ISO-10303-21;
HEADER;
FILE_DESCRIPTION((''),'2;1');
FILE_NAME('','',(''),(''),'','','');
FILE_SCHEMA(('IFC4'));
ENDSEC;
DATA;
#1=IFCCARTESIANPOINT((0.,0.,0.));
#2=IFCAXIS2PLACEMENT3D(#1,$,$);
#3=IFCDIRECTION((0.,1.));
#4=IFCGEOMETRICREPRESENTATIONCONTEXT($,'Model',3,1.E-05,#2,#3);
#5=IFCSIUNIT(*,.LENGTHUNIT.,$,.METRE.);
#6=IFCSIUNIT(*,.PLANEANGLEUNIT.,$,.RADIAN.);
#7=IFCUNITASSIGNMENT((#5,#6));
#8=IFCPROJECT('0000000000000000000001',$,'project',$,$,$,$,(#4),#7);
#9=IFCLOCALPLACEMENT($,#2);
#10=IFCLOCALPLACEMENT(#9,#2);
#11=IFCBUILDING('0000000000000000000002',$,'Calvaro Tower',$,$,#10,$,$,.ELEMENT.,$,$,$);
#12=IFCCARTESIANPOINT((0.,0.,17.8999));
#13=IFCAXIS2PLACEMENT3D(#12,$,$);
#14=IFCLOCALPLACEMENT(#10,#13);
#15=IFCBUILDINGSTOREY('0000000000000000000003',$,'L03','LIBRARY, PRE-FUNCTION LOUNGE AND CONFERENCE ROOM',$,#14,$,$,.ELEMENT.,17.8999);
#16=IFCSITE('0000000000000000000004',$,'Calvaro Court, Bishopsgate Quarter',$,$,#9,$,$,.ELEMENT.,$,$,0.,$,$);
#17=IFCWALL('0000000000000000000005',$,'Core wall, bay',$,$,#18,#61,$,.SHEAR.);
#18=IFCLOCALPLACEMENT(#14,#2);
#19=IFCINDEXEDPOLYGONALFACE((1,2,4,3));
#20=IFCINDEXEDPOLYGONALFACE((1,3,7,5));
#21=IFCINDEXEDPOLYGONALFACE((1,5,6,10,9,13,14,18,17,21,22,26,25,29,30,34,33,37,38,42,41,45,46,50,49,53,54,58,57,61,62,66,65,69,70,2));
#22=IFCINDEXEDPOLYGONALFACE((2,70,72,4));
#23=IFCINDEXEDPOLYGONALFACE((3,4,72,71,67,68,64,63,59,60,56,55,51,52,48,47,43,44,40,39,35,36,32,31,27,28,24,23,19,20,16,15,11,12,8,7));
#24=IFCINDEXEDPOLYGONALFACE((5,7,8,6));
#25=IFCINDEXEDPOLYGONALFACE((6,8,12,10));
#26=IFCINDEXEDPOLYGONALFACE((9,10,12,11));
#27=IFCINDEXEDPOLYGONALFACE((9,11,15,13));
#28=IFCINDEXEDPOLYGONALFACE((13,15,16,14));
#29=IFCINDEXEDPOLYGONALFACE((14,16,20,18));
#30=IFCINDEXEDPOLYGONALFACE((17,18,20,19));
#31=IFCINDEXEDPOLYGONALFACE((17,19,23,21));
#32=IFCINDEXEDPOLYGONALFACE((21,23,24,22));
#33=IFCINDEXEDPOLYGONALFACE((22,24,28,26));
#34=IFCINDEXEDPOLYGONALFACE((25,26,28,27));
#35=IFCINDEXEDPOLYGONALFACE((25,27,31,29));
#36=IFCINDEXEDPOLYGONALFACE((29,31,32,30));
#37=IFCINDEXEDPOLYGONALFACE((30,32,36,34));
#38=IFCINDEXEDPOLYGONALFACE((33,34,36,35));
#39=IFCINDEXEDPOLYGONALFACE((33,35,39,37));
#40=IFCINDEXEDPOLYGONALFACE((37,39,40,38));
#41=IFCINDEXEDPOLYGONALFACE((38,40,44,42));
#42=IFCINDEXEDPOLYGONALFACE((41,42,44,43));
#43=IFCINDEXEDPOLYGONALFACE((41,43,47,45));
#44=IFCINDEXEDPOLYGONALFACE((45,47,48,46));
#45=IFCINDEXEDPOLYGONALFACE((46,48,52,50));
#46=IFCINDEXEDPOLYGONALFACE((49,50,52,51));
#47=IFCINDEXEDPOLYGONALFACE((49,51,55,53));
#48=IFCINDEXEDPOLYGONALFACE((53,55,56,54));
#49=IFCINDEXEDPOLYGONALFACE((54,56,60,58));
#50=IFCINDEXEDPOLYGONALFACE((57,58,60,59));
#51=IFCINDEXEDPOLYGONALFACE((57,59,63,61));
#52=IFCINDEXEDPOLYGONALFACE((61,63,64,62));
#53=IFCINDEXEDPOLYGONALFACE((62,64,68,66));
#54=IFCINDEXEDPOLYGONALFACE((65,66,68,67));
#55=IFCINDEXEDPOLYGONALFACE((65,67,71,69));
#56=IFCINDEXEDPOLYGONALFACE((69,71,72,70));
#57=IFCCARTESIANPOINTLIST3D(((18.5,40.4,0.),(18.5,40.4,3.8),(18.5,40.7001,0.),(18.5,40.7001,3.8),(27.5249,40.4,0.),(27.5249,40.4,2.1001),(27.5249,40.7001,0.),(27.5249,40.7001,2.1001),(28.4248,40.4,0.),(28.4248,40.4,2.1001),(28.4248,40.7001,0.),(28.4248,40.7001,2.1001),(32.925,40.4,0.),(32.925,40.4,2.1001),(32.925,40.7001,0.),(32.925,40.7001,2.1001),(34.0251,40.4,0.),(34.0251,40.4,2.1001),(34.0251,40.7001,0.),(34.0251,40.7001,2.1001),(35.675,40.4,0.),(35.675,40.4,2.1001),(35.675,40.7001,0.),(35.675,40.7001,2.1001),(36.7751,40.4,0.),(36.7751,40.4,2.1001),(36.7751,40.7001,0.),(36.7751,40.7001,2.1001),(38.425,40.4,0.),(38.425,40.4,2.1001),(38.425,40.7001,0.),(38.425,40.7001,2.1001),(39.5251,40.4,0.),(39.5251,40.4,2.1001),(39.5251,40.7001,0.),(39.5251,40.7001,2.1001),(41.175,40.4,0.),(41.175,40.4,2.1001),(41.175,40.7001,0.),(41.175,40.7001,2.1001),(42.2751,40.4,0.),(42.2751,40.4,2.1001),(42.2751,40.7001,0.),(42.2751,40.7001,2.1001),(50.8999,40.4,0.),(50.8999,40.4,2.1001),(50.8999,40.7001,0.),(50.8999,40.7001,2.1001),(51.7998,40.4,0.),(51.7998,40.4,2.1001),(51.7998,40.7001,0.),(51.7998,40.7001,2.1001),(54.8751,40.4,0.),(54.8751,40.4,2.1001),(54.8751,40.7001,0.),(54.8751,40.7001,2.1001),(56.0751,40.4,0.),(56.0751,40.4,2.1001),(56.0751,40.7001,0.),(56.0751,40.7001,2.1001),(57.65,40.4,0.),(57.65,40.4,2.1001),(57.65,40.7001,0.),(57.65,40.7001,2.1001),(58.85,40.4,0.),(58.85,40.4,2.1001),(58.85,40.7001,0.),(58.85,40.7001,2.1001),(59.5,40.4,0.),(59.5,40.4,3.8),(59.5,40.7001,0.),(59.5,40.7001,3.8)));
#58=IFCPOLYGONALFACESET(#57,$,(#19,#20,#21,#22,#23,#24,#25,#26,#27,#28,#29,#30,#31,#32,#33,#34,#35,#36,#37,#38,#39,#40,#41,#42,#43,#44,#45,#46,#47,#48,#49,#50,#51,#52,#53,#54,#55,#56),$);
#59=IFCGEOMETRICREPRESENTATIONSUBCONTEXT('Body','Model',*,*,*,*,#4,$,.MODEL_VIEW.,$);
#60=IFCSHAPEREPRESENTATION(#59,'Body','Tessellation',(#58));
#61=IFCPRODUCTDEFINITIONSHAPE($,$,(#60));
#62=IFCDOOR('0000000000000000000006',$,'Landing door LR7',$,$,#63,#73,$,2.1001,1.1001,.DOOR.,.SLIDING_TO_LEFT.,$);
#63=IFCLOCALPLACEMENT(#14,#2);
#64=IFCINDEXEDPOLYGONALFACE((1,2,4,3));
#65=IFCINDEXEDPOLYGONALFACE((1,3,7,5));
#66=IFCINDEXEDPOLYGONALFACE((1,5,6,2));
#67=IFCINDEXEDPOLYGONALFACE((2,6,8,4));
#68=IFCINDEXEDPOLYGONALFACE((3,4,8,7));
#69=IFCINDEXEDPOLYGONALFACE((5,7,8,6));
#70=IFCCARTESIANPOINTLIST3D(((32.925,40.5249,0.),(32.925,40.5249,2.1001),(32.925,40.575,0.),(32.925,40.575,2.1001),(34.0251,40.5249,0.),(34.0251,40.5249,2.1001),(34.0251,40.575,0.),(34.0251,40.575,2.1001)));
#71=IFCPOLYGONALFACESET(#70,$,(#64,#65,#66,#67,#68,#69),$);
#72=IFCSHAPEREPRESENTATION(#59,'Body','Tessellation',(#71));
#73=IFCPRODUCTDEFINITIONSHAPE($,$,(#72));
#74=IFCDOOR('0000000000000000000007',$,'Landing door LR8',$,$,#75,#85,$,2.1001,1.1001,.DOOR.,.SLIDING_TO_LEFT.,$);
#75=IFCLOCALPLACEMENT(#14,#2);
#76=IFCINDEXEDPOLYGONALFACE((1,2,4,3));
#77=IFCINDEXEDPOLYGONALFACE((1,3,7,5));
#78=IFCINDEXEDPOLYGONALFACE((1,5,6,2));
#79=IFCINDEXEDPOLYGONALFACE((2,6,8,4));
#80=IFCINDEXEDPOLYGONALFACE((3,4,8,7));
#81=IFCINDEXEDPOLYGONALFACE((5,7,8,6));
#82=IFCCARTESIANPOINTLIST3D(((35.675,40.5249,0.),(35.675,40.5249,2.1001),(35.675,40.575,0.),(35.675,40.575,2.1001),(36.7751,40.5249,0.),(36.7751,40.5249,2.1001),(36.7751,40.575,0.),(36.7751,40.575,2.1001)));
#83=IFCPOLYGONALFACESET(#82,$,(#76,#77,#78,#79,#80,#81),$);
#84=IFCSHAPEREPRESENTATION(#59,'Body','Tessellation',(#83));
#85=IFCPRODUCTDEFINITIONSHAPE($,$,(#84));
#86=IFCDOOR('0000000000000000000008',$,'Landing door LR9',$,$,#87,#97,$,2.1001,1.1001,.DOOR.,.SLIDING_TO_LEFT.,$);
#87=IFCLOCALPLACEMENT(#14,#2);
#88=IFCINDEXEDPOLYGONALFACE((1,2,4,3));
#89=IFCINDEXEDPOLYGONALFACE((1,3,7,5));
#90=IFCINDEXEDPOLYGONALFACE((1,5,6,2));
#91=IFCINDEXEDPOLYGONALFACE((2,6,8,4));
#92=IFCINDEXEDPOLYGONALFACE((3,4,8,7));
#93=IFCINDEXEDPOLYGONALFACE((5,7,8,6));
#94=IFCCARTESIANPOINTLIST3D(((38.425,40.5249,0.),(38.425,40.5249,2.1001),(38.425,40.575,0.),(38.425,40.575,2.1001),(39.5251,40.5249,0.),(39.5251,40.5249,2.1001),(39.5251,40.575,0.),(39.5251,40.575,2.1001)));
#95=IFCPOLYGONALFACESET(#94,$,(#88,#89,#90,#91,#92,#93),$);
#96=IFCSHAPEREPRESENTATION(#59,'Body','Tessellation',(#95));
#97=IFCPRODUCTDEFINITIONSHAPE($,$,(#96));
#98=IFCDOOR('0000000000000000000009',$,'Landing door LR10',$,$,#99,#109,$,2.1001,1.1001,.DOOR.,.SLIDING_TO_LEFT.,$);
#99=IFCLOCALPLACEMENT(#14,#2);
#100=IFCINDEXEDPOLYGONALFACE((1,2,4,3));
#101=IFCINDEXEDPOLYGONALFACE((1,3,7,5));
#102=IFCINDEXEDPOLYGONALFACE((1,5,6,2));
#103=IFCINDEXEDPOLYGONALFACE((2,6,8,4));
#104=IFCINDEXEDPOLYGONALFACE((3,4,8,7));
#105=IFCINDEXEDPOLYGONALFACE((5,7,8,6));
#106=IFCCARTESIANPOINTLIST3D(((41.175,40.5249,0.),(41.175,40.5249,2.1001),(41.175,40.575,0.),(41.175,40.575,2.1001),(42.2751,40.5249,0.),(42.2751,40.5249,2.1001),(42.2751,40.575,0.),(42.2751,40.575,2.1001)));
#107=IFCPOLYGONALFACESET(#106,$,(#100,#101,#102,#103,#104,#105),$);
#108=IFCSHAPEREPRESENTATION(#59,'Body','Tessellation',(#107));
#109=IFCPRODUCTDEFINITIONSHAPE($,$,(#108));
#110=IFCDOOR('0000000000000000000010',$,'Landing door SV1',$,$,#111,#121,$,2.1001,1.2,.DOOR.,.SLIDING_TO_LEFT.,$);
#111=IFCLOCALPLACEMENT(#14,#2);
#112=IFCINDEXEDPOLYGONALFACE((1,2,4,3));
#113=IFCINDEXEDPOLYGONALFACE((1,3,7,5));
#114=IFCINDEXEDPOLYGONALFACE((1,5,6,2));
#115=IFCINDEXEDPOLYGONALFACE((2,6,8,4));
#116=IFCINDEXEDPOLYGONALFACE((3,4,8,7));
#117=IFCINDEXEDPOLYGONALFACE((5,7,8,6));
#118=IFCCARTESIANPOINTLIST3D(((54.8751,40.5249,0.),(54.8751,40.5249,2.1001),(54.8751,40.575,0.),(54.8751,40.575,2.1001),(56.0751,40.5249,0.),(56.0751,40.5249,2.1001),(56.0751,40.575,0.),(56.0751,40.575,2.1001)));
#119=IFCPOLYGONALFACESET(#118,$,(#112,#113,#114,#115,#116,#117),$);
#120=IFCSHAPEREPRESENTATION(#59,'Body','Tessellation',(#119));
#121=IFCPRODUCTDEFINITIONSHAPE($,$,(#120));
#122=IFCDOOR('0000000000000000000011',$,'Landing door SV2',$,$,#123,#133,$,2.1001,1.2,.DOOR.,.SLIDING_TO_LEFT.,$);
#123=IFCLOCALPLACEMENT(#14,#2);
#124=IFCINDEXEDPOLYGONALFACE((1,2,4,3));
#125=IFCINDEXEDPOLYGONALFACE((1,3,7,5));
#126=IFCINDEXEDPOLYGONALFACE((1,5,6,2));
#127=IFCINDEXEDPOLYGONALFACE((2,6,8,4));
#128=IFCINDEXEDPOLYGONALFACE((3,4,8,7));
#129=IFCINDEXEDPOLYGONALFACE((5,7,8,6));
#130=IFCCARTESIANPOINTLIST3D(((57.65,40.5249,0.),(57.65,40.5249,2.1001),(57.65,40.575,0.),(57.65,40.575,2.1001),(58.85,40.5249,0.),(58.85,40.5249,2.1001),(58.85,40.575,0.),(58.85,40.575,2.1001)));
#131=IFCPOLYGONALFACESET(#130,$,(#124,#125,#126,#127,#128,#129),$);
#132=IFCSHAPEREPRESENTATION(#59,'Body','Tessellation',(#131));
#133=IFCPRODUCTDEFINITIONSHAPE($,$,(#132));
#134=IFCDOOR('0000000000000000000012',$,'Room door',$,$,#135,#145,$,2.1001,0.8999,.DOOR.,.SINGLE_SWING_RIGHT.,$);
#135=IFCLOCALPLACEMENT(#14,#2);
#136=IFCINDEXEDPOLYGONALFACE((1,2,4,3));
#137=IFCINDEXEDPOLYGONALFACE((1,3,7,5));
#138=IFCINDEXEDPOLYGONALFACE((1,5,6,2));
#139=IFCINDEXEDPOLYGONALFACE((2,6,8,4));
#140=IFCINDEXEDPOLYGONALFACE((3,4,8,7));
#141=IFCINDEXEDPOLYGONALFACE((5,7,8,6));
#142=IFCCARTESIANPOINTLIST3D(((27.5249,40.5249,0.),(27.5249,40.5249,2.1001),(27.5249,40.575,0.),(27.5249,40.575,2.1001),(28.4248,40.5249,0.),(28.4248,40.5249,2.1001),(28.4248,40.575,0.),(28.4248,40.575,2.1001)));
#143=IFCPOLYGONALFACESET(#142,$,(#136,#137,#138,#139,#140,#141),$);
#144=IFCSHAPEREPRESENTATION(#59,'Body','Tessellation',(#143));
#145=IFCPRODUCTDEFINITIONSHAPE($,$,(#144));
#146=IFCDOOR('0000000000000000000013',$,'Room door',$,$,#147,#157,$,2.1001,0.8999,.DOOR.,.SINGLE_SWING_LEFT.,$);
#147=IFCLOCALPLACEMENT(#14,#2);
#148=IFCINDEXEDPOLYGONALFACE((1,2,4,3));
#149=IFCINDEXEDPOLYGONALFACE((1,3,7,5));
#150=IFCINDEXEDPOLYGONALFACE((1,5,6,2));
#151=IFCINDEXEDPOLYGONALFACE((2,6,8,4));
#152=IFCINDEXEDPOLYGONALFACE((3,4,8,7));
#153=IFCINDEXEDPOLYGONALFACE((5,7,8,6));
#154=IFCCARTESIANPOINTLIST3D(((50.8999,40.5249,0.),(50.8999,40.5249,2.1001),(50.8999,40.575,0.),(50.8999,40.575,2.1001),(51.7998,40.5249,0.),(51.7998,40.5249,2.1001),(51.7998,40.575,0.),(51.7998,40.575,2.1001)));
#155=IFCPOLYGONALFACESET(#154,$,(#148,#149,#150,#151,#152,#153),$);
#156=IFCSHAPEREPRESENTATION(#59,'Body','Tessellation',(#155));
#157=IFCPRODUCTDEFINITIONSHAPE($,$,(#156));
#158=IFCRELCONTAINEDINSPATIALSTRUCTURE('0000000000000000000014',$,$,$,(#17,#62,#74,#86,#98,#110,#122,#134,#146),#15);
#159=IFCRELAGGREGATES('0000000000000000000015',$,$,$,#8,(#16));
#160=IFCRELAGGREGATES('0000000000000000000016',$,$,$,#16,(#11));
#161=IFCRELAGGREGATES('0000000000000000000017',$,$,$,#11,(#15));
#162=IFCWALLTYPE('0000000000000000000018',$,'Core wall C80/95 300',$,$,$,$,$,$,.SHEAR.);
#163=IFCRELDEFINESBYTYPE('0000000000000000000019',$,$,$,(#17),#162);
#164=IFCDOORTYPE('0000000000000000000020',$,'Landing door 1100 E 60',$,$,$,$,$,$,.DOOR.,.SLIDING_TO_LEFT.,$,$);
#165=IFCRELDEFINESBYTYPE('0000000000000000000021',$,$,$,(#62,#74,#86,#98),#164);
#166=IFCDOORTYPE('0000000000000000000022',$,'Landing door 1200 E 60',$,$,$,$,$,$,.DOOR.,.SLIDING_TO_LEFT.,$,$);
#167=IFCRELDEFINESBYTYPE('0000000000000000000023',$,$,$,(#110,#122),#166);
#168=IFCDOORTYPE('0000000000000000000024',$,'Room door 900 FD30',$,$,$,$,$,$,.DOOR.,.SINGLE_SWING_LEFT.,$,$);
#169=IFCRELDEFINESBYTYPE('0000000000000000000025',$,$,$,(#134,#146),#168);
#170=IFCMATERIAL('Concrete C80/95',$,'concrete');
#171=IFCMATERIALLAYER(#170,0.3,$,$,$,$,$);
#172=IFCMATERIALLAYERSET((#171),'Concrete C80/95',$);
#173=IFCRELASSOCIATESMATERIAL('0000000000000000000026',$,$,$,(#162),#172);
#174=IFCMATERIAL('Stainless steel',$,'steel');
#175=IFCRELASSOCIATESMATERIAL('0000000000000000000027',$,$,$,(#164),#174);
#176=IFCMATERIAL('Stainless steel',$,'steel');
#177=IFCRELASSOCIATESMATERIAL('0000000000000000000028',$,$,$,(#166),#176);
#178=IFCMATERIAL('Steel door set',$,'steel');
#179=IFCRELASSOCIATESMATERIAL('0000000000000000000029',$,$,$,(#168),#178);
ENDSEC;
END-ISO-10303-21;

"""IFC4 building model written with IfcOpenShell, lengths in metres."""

from ifc_helpers import new_model, si_unit, direction, frame, frame_2d, origin, place, context, subcontext, project, spatial, rectangle, extrude, material, layer, layer_set, type_object, element, fill, save


model = new_model("IFC4")

# Units and contexts
model_context = context("Model", 3, precision=1e-05, world=origin(), true_north=direction((0.0, 1.0)))
body_context = subcontext(model_context, "Body", "Model", "MODEL_VIEW")
ifc_project = project(units=[si_unit("LENGTHUNIT", "METRE"), si_unit("PLANEANGLEUNIT", "RADIAN")], contexts=[model_context])

# Site, building, storey
site_placement = place(None, origin())
site = spatial("IfcSite", under=ifc_project, at=site_placement, Name="Calvaro Court, Bishopsgate Quarter", CompositionType="ELEMENT", RefElevation=0.0)
building_placement = place(site_placement, origin())
building = spatial("IfcBuilding", under=site, at=building_placement, Name="Calvaro Tower", CompositionType="ELEMENT")
storey_placement = place(building_placement, frame((0.0, 0.0, 17.8999)))
storey = spatial("IfcBuildingStorey", under=building, at=storey_placement, Name="L03", Description="LIBRARY, PRE-FUNCTION LOUNGE AND CONFERENCE ROOM", CompositionType="ELEMENT", Elevation=17.8999)

# Shared definitions
ifc_material_1 = material(Name="Concrete C80/95", Category="concrete")
ifc_layer_1 = layer(ifc_material_1, 0.3)
ifc_layer_set_1 = layer_set([ifc_layer_1], Name="Concrete C80/95")
wall_type_1 = type_object("IfcWallType", Name="Core wall C80/95 300", PredefinedType="SHEAR", material=ifc_layer_set_1)
ifc_material_2 = material(Name="Stainless steel", Category="steel")
door_type_1 = type_object("IfcDoorType", Name="Landing door 1100 E 60", OperationType="SLIDING_TO_LEFT", PredefinedType="DOOR", material=ifc_material_2)

# Wall, openings, doors
wall_1_placement = place(storey_placement, frame((18.5, 40.55, 0.0), z_axis=(0.0, 0.0, 1.0), x_axis=(1.0, 0.0, 0.0)))
wall_1 = element("IfcWall", 1, at=wall_1_placement, inside=storey, type_object=wall_type_1, Name="Core wall, bay", PredefinedType="SHEAR", context=body_context, shape_type="SweptSolid", body=[
    extrude(rectangle(XDim=41.0, YDim=0.3, at=frame_2d((20.5, 0.0))), origin(), (0.0, 0.0, 1.0), 3.8),
])
opening_1_placement = place(wall_1_placement, frame((9.0249, 0.0, 0.0)))
opening_1 = element("IfcOpeningElement", 2, at=opening_1_placement, cuts=wall_1, PredefinedType="OPENING", context=body_context, shape_type="SweptSolid", body=[
    extrude(rectangle(XDim=0.8999, YDim=2.1001, at=frame_2d((0.45, 1.05))), frame((0.0, 0.1599, 0.0), z_axis=(0.0, -1.0, 0.0), x_axis=(1.0, 0.0, 0.0)), (0.0, 0.0, 1.0), 0.3201),
])
opening_2_placement = place(wall_1_placement, frame((32.3999, 0.0, 0.0)))
opening_2 = element("IfcOpeningElement", 3, at=opening_2_placement, cuts=wall_1, PredefinedType="OPENING", context=body_context, shape_type="SweptSolid", body=[
    extrude(rectangle(XDim=0.8999, YDim=2.1001, at=frame_2d((0.45, 1.05))), frame((0.0, 0.1599, 0.0), z_axis=(0.0, -1.0, 0.0), x_axis=(1.0, 0.0, 0.0)), (0.0, 0.0, 1.0), 0.3201),
])
opening_3_placement = place(wall_1_placement, frame((14.425, 0.0, 0.0)))
opening_3 = element("IfcOpeningElement", 4, at=opening_3_placement, cuts=wall_1, PredefinedType="OPENING", context=body_context, shape_type="SweptSolid", body=[
    extrude(rectangle(XDim=1.1001, YDim=2.1001, at=frame_2d((0.55, 1.05))), frame((0.0, 0.1599, 0.0), z_axis=(0.0, -1.0, 0.0), x_axis=(1.0, 0.0, 0.0)), (0.0, 0.0, 1.0), 0.3201),
])
opening_4_placement = place(wall_1_placement, frame((17.175, 0.0, 0.0)))
opening_4 = element("IfcOpeningElement", 5, at=opening_4_placement, cuts=wall_1, PredefinedType="OPENING", context=body_context, shape_type="SweptSolid", body=[
    extrude(rectangle(XDim=1.1001, YDim=2.1001, at=frame_2d((0.55, 1.05))), frame((0.0, 0.1599, 0.0), z_axis=(0.0, -1.0, 0.0), x_axis=(1.0, 0.0, 0.0)), (0.0, 0.0, 1.0), 0.3201),
])
opening_5_placement = place(wall_1_placement, frame((19.925, 0.0, 0.0)))
opening_5 = element("IfcOpeningElement", 6, at=opening_5_placement, cuts=wall_1, PredefinedType="OPENING", context=body_context, shape_type="SweptSolid", body=[
    extrude(rectangle(XDim=1.1001, YDim=2.1001, at=frame_2d((0.55, 1.05))), frame((0.0, 0.1599, 0.0), z_axis=(0.0, -1.0, 0.0), x_axis=(1.0, 0.0, 0.0)), (0.0, 0.0, 1.0), 0.3201),
])
opening_6_placement = place(wall_1_placement, frame((22.675, 0.0, 0.0)))
opening_6 = element("IfcOpeningElement", 7, at=opening_6_placement, cuts=wall_1, PredefinedType="OPENING", context=body_context, shape_type="SweptSolid", body=[
    extrude(rectangle(XDim=1.1001, YDim=2.1001, at=frame_2d((0.55, 1.05))), frame((0.0, 0.1599, 0.0), z_axis=(0.0, -1.0, 0.0), x_axis=(1.0, 0.0, 0.0)), (0.0, 0.0, 1.0), 0.3201),
])
opening_7_placement = place(wall_1_placement, frame((36.375, 0.0, 0.0)))
opening_7 = element("IfcOpeningElement", 8, at=opening_7_placement, cuts=wall_1, PredefinedType="OPENING", context=body_context, shape_type="SweptSolid", body=[
    extrude(rectangle(XDim=1.2, YDim=2.1001, at=frame_2d((0.6001, 1.05))), frame((0.0, 0.1599, 0.0), z_axis=(0.0, -1.0, 0.0), x_axis=(1.0, 0.0, 0.0)), (0.0, 0.0, 1.0), 0.3201),
])
opening_8_placement = place(wall_1_placement, frame((39.1499, 0.0, 0.0)))
opening_8 = element("IfcOpeningElement", 9, at=opening_8_placement, cuts=wall_1, PredefinedType="OPENING", context=body_context, shape_type="SweptSolid", body=[
    extrude(rectangle(XDim=1.2, YDim=2.1001, at=frame_2d((0.6001, 1.05))), frame((0.0, 0.1599, 0.0), z_axis=(0.0, -1.0, 0.0), x_axis=(1.0, 0.0, 0.0)), (0.0, 0.0, 1.0), 0.3201),
])
door_1_placement = place(opening_3_placement, origin())
door_1 = element("IfcDoor", 10, at=door_1_placement, inside=storey, type_object=door_type_1, Name="Landing door LR7", OperationType="SLIDING_TO_LEFT", OverallHeight=2.1001, OverallWidth=1.1001, PredefinedType="DOOR", context=body_context, shape_type="SweptSolid", body=[
    extrude(rectangle(XDim=1.1001, YDim=2.1001, at=frame_2d((0.55, 1.05))), frame((0.0, 0.0249, 0.0), z_axis=(0.0, -1.0, 0.0), x_axis=(1.0, 0.0, 0.0)), (0.0, 0.0, 1.0), 0.05),
])
fill(opening_3, door_1)
door_2_placement = place(opening_4_placement, origin())
door_2 = element("IfcDoor", 11, at=door_2_placement, inside=storey, type_object=door_type_1, Name="Landing door LR8", OperationType="SLIDING_TO_LEFT", OverallHeight=2.1001, OverallWidth=1.1001, PredefinedType="DOOR", context=body_context, shape_type="SweptSolid", body=[
    extrude(rectangle(XDim=1.1001, YDim=2.1001, at=frame_2d((0.55, 1.05))), frame((0.0, 0.0249, 0.0), z_axis=(0.0, -1.0, 0.0), x_axis=(1.0, 0.0, 0.0)), (0.0, 0.0, 1.0), 0.05),
])
fill(opening_4, door_2)
door_3_placement = place(opening_5_placement, origin())
door_3 = element("IfcDoor", 12, at=door_3_placement, inside=storey, type_object=door_type_1, Name="Landing door LR9", OperationType="SLIDING_TO_LEFT", OverallHeight=2.1001, OverallWidth=1.1001, PredefinedType="DOOR", context=body_context, shape_type="SweptSolid", body=[
    extrude(rectangle(XDim=1.1001, YDim=2.1001, at=frame_2d((0.55, 1.05))), frame((0.0, 0.0249, 0.0), z_axis=(0.0, -1.0, 0.0), x_axis=(1.0, 0.0, 0.0)), (0.0, 0.0, 1.0), 0.05),
])
fill(opening_5, door_3)
door_4_placement = place(opening_6_placement, origin())
door_4 = element("IfcDoor", 13, at=door_4_placement, inside=storey, type_object=door_type_1, Name="Landing door LR10", OperationType="SLIDING_TO_LEFT", OverallHeight=2.1001, OverallWidth=1.1001, PredefinedType="DOOR", context=body_context, shape_type="SweptSolid", body=[
    extrude(rectangle(XDim=1.1001, YDim=2.1001, at=frame_2d((0.55, 1.05))), frame((0.0, 0.0249, 0.0), z_axis=(0.0, -1.0, 0.0), x_axis=(1.0, 0.0, 0.0)), (0.0, 0.0, 1.0), 0.05),
])
fill(opening_6, door_4)
ifc_material_3 = material(Name="Stainless steel", Category="steel")
door_type_2 = type_object("IfcDoorType", Name="Landing door 1200 E 60", OperationType="SLIDING_TO_LEFT", PredefinedType="DOOR", material=ifc_material_3)
door_5_placement = place(opening_7_placement, origin())
door_5 = element("IfcDoor", 14, at=door_5_placement, inside=storey, type_object=door_type_2, Name="Landing door SV1", OperationType="SLIDING_TO_LEFT", OverallHeight=2.1001, OverallWidth=1.2, PredefinedType="DOOR", context=body_context, shape_type="SweptSolid", body=[
    extrude(rectangle(XDim=1.2, YDim=2.1001, at=frame_2d((0.6001, 1.05))), frame((0.0, 0.0249, 0.0), z_axis=(0.0, -1.0, 0.0), x_axis=(1.0, 0.0, 0.0)), (0.0, 0.0, 1.0), 0.05),
])
fill(opening_7, door_5)
door_6_placement = place(opening_8_placement, origin())
door_6 = element("IfcDoor", 15, at=door_6_placement, inside=storey, type_object=door_type_2, Name="Landing door SV2", OperationType="SLIDING_TO_LEFT", OverallHeight=2.1001, OverallWidth=1.2, PredefinedType="DOOR", context=body_context, shape_type="SweptSolid", body=[
    extrude(rectangle(XDim=1.2, YDim=2.1001, at=frame_2d((0.6001, 1.05))), frame((0.0, 0.0249, 0.0), z_axis=(0.0, -1.0, 0.0), x_axis=(1.0, 0.0, 0.0)), (0.0, 0.0, 1.0), 0.05),
])
fill(opening_8, door_6)
ifc_material_4 = material(Name="Steel door set", Category="steel")
door_type_3 = type_object("IfcDoorType", Name="Room door 900 FD30", OperationType="SINGLE_SWING_LEFT", PredefinedType="DOOR", material=ifc_material_4)
door_7_placement = place(opening_1_placement, origin())
door_7 = element("IfcDoor", 16, at=door_7_placement, inside=storey, type_object=door_type_3, Name="Room door", OperationType="SINGLE_SWING_RIGHT", OverallHeight=2.1001, OverallWidth=0.8999, PredefinedType="DOOR", context=body_context, shape_type="SweptSolid", body=[
    extrude(rectangle(XDim=0.8999, YDim=2.1001, at=frame_2d((0.45, 1.05))), frame((0.0, 0.0249, 0.0), z_axis=(0.0, -1.0, 0.0), x_axis=(1.0, 0.0, 0.0)), (0.0, 0.0, 1.0), 0.05),
])
fill(opening_1, door_7)
door_8_placement = place(opening_2_placement, origin())
door_8 = element("IfcDoor", 17, at=door_8_placement, inside=storey, type_object=door_type_3, Name="Room door", OperationType="SINGLE_SWING_LEFT", OverallHeight=2.1001, OverallWidth=0.8999, PredefinedType="DOOR", context=body_context, shape_type="SweptSolid", body=[
    extrude(rectangle(XDim=0.8999, YDim=2.1001, at=frame_2d((0.45, 1.05))), frame((0.0, 0.0249, 0.0), z_axis=(0.0, -1.0, 0.0), x_axis=(1.0, 0.0, 0.0)), (0.0, 0.0, 1.0), 0.05),
])
fill(opening_2, door_8)

save(model, "model.ifc")
